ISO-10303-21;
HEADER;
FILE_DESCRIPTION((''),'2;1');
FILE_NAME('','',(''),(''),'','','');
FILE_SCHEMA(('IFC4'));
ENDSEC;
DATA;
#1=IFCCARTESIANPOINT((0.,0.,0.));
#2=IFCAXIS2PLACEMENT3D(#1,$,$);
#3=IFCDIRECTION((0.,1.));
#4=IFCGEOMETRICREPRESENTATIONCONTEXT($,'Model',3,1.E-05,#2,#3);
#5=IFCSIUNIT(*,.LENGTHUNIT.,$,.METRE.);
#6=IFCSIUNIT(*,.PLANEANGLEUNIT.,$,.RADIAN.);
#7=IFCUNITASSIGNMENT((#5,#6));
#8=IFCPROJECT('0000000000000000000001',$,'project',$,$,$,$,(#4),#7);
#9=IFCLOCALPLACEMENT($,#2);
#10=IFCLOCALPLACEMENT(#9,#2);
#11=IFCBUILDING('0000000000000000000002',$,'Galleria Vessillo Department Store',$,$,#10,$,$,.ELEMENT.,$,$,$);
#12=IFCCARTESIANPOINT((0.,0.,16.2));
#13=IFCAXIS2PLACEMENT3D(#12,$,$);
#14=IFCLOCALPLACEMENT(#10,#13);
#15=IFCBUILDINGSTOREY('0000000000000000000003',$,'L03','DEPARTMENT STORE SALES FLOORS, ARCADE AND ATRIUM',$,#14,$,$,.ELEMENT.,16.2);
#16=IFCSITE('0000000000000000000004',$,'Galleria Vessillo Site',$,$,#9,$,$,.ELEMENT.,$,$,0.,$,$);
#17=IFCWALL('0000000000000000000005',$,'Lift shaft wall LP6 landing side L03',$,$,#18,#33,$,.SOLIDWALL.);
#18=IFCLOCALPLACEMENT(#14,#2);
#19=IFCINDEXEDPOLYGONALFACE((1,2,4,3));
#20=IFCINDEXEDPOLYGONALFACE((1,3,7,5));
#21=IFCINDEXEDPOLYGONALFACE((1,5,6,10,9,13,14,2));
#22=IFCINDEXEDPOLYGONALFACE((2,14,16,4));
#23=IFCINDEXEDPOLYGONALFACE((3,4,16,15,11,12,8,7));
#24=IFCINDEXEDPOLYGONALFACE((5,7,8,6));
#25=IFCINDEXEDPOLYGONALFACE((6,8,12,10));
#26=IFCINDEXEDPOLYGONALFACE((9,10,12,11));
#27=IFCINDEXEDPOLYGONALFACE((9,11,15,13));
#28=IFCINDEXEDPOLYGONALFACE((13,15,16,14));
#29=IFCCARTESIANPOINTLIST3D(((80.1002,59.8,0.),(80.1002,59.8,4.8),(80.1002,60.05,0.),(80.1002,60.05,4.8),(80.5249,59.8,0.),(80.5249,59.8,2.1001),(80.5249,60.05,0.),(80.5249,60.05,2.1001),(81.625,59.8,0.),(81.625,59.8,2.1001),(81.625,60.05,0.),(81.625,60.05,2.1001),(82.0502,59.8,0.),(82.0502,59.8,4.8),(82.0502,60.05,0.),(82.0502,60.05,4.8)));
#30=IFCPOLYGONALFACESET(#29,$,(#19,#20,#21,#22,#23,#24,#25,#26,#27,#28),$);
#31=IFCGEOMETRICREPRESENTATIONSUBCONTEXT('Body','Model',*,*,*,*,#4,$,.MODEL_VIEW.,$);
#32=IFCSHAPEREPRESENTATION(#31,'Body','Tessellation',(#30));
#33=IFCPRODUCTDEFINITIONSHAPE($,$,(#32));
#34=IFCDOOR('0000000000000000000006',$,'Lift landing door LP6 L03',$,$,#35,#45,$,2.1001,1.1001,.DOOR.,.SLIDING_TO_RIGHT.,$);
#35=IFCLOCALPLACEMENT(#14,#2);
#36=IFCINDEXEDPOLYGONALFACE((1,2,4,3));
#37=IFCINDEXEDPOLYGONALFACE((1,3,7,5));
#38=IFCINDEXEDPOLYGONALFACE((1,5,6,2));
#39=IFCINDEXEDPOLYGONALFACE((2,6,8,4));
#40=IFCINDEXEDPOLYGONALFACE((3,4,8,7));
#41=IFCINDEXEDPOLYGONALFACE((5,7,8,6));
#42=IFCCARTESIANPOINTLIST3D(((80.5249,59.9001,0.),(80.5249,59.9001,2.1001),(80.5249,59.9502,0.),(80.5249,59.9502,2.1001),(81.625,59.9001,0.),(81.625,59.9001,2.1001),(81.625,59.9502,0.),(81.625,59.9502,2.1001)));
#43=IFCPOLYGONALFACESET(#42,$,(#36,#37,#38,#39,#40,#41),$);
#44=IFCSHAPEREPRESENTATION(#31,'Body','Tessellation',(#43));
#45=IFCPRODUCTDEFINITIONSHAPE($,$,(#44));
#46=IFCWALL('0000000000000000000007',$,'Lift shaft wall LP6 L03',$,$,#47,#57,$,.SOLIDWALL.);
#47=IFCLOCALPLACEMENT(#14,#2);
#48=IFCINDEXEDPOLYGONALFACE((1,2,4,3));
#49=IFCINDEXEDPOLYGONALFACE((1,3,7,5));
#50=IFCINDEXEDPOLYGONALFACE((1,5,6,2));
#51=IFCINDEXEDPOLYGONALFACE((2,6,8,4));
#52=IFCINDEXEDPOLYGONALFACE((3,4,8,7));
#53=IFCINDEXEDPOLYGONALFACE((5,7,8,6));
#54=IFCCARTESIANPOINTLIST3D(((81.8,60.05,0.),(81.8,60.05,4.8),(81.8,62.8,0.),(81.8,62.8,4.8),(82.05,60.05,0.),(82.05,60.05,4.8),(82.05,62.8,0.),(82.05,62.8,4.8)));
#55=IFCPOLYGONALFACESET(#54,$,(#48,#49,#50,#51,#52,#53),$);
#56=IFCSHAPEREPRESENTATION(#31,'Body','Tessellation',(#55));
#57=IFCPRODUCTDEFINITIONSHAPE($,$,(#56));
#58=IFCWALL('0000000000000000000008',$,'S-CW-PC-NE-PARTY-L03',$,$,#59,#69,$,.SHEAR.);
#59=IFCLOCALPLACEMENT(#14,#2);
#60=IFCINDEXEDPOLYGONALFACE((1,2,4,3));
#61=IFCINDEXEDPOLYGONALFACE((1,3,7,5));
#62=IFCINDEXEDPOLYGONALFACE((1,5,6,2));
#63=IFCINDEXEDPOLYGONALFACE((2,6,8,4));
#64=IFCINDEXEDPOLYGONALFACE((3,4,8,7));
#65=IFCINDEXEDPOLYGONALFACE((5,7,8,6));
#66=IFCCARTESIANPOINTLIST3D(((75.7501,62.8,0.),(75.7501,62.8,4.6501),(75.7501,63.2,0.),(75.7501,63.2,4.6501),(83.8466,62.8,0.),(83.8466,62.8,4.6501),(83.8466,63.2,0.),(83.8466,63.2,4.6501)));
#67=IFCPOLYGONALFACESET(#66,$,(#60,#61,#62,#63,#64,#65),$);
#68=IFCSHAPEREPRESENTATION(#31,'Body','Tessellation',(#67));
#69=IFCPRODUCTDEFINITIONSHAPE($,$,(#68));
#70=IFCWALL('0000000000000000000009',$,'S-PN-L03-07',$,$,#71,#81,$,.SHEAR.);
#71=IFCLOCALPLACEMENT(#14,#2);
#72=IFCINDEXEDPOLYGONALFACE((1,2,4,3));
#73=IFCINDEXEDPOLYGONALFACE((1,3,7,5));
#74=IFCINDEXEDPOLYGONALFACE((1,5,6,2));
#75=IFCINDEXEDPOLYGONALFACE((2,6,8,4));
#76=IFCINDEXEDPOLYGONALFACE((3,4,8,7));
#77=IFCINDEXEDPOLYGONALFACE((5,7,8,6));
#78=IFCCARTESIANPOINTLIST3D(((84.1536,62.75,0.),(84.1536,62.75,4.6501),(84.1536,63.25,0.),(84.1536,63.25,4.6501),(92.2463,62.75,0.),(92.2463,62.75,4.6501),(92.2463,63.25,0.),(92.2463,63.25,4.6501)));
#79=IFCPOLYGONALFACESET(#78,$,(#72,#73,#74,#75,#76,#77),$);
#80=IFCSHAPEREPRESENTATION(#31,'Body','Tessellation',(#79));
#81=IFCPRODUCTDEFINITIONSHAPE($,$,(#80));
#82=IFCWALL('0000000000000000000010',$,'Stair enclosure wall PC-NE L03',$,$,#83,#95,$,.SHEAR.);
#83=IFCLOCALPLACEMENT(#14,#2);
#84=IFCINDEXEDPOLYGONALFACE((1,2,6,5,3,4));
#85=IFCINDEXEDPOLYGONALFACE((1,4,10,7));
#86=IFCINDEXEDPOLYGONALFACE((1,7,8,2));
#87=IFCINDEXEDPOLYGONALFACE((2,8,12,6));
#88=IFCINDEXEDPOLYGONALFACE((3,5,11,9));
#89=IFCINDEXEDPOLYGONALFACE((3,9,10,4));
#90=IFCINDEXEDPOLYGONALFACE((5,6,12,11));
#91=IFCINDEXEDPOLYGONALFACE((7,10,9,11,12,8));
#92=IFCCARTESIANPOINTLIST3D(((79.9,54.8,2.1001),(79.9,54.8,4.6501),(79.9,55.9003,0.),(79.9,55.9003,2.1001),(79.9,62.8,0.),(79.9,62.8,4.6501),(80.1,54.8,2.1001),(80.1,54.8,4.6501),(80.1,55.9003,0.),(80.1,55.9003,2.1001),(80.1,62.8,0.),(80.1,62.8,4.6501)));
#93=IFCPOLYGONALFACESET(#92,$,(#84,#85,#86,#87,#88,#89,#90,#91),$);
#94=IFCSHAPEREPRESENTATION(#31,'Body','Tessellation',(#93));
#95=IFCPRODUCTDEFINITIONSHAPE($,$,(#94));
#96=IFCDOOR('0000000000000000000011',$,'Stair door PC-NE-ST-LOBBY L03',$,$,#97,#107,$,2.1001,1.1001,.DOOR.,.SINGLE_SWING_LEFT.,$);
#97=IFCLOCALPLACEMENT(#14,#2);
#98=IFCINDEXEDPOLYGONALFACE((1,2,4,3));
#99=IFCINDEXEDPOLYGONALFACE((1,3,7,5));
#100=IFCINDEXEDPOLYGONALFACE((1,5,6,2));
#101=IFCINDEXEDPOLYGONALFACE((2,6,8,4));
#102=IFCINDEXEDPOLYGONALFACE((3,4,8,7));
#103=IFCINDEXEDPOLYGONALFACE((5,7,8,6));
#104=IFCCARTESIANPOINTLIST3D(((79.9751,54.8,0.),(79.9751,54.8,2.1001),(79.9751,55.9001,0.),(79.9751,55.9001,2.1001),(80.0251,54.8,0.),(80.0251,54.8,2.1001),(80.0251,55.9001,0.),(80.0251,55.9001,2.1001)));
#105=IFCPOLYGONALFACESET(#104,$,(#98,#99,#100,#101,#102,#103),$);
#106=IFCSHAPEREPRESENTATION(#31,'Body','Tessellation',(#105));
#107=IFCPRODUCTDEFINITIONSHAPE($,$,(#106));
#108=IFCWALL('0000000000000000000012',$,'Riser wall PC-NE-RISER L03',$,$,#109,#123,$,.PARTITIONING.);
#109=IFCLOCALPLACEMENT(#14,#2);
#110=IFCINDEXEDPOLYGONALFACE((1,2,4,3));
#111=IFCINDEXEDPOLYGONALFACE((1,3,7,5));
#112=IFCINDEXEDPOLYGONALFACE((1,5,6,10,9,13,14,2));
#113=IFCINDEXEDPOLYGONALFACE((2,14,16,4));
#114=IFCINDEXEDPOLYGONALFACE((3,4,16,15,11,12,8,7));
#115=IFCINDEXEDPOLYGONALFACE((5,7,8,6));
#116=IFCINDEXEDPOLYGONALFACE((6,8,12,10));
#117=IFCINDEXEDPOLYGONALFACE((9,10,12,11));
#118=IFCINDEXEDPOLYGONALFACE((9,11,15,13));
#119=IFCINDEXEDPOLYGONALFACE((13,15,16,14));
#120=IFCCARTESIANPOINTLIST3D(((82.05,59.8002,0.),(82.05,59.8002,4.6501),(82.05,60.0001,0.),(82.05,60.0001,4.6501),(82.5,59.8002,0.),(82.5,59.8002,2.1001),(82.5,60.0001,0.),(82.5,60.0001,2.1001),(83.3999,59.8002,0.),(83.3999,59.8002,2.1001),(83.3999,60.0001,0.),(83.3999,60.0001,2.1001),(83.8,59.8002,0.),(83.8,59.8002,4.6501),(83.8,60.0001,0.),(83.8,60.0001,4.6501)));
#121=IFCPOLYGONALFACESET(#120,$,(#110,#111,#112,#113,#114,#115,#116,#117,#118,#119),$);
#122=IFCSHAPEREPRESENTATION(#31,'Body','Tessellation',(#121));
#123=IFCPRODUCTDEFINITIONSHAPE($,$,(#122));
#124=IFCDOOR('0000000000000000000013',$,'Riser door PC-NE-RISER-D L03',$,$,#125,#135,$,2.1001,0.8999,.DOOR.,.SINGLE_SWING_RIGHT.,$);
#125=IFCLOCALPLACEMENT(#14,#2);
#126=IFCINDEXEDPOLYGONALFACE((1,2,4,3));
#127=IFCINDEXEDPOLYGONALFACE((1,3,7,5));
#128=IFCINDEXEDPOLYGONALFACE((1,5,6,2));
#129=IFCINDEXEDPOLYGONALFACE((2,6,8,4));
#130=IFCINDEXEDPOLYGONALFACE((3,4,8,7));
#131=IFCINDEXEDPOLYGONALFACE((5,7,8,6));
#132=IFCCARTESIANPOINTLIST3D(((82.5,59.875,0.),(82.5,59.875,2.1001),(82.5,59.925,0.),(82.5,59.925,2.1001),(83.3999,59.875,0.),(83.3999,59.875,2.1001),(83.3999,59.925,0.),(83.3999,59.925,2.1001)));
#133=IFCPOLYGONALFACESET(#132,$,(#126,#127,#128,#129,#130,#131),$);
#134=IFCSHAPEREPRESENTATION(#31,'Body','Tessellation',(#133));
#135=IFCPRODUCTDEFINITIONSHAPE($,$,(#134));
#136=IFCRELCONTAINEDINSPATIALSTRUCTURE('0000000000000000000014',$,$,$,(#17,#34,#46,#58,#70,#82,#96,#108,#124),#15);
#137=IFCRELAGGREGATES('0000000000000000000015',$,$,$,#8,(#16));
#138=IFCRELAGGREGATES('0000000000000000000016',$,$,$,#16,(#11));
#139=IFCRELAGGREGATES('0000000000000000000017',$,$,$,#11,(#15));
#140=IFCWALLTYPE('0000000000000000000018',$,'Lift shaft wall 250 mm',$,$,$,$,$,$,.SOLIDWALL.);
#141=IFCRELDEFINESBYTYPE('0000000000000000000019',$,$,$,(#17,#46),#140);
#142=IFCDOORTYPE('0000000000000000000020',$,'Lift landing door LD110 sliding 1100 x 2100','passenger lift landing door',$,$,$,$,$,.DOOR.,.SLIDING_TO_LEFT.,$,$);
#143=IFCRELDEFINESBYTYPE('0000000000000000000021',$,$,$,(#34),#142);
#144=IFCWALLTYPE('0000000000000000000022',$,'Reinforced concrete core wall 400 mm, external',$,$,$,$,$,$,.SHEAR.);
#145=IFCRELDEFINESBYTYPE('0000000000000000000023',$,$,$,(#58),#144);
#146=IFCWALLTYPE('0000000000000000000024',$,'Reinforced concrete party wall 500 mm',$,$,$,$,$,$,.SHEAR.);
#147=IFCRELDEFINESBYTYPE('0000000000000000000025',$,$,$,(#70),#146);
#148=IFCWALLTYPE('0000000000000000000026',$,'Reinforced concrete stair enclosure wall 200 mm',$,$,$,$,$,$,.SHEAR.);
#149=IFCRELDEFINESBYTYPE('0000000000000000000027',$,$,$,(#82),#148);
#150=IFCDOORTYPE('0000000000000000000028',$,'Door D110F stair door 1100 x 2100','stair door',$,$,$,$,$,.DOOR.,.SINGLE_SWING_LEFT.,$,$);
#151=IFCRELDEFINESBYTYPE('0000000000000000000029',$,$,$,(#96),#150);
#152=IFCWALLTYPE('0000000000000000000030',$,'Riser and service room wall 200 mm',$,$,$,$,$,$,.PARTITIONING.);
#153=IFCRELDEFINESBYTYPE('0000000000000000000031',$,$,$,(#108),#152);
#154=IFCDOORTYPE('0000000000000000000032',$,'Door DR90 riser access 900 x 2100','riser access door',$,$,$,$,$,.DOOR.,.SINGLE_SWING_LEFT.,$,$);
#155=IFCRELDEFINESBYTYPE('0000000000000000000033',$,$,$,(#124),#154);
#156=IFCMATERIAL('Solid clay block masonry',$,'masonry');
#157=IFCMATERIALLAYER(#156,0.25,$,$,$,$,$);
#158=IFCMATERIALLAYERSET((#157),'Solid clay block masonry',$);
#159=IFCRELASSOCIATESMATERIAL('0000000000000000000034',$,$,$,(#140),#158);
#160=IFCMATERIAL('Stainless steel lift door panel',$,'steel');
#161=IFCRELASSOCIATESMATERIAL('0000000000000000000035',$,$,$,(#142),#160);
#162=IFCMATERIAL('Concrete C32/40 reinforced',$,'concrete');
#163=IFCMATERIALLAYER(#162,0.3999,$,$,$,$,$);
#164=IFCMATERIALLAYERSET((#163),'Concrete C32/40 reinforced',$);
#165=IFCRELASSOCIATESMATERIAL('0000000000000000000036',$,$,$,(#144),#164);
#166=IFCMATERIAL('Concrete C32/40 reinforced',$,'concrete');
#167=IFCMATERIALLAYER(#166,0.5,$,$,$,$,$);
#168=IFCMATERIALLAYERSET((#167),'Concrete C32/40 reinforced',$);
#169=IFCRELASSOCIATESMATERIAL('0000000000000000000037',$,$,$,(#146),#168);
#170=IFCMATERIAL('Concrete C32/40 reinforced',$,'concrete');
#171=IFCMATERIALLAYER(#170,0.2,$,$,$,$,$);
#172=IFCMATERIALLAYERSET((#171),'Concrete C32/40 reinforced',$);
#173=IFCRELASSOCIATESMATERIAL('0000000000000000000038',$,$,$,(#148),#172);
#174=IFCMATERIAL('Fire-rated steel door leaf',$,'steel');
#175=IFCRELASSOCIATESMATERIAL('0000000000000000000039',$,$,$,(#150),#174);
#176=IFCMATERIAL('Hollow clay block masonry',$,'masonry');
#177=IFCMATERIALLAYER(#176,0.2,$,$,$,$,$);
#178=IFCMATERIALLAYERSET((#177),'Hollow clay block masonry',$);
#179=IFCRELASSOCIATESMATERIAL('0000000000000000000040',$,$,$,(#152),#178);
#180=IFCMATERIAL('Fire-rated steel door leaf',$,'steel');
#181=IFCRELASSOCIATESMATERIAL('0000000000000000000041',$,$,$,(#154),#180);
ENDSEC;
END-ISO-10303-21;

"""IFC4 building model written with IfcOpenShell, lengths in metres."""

from ifc_helpers import new_model, si_unit, direction, frame, frame_2d, origin, place, context, subcontext, project, spatial, rectangle, extrude, material, layer, layer_set, type_object, element, fill, save


model = new_model("IFC4")

# Units and contexts
model_context = context("Model", 3, precision=1e-05, world=origin(), true_north=direction((0.0, 1.0)))
body_context = subcontext(model_context, "Body", "Model", "MODEL_VIEW")
ifc_project = project(units=[si_unit("LENGTHUNIT", "METRE"), si_unit("PLANEANGLEUNIT", "RADIAN")], contexts=[model_context])

# Site, building, storey
site_placement = place(None, origin())
site = spatial("IfcSite", under=ifc_project, at=site_placement, Name="Galleria Vessillo Site", CompositionType="ELEMENT", RefElevation=0.0)
building_placement = place(site_placement, origin())
building = spatial("IfcBuilding", under=site, at=building_placement, Name="Galleria Vessillo Department Store", CompositionType="ELEMENT")
storey_placement = place(building_placement, frame((0.0, 0.0, 16.2)))
storey = spatial("IfcBuildingStorey", under=building, at=storey_placement, Name="L03", Description="DEPARTMENT STORE SALES FLOORS, ARCADE AND ATRIUM", CompositionType="ELEMENT", Elevation=16.2)

# Wall, opening, door
ifc_material_1 = material(Name="Solid clay block masonry", Category="masonry")
ifc_layer_1 = layer(ifc_material_1, 0.25)
ifc_layer_set_1 = layer_set([ifc_layer_1], Name="Solid clay block masonry")
wall_type_1 = type_object("IfcWallType", Name="Lift shaft wall 250 mm", PredefinedType="SOLIDWALL", material=ifc_layer_set_1)
wall_1_placement = place(storey_placement, frame((80.1001, 59.925, 0.0), z_axis=(0.0, 0.0, 1.0), x_axis=(1.0, 0.0, 0.0)))
wall_1 = element("IfcWall", 1, at=wall_1_placement, inside=storey, type_object=wall_type_1, Name="Lift shaft wall LP6 landing side L03", PredefinedType="SOLIDWALL", context=body_context, shape_type="SweptSolid", body=[
    extrude(rectangle(XDim=1.95, YDim=0.25, at=frame_2d((0.9751, 0.0))), origin(), (0.0, 0.0, 1.0), 4.8),
])
opening_1_placement = place(wall_1_placement, frame((0.4248, 0.0, 0.0)))
opening_1 = element("IfcOpeningElement", 2, at=opening_1_placement, cuts=wall_1, PredefinedType="OPENING", context=body_context, shape_type="SweptSolid", body=[
    extrude(rectangle(XDim=1.1001, YDim=2.1001, at=frame_2d((0.55, 1.05))), frame((0.0, 0.135, 0.0), z_axis=(0.0, -1.0, 0.0), x_axis=(1.0, 0.0, 0.0)), (0.0, 0.0, 1.0), 0.27),
])
ifc_material_2 = material(Name="Stainless steel lift door panel", Category="steel")
door_type_1 = type_object("IfcDoorType", Name="Lift landing door LD110 sliding 1100 x 2100", Description="passenger lift landing door", OperationType="SLIDING_TO_LEFT", PredefinedType="DOOR", material=ifc_material_2)
door_1_placement = place(opening_1_placement, frame((1.1001, 0.0, 0.0), z_axis=(0.0, 0.0, 1.0), x_axis=(-1.0, 0.0, 0.0)))
door_1 = element("IfcDoor", 3, at=door_1_placement, inside=storey, type_object=door_type_1, Name="Lift landing door LP6 L03", OperationType="SLIDING_TO_RIGHT", OverallHeight=2.1001, OverallWidth=1.1001, PredefinedType="DOOR", context=body_context, shape_type="SweptSolid", body=[
    extrude(rectangle(XDim=1.1001, YDim=2.1001, at=frame_2d((0.55, 1.05))), frame((0.0, 0.0249, 0.0), z_axis=(0.0, -1.0, 0.0), x_axis=(1.0, 0.0, 0.0)), (0.0, 0.0, 1.0), 0.05),
])
fill(opening_1, door_1)

# Walls
wall_2_placement = place(storey_placement, frame((81.925, 62.8, 0.0), z_axis=(0.0, 0.0, 1.0), x_axis=(0.0, -1.0, 0.0)))
element("IfcWall", 4, at=wall_2_placement, inside=storey, type_object=wall_type_1, Name="Lift shaft wall LP6 L03", PredefinedType="SOLIDWALL", context=body_context, shape_type="SweptSolid", body=[
    extrude(rectangle(XDim=2.75, YDim=0.25, at=frame_2d((1.375, 0.0))), origin(), (0.0, 0.0, 1.0), 4.8),
])
ifc_material_3 = material(Name="Concrete C32/40 reinforced", Category="concrete")
ifc_layer_2 = layer(ifc_material_3, 0.3999)
ifc_layer_set_2 = layer_set([ifc_layer_2], Name="Concrete C32/40 reinforced")
wall_type_2 = type_object("IfcWallType", Name="Reinforced concrete core wall 400 mm, external", PredefinedType="SHEAR", material=ifc_layer_set_2)
wall_3_placement = place(storey_placement, frame((75.75, 63.0, 0.0), z_axis=(0.0, 0.0, 1.0), x_axis=(1.0, 0.0, 0.0)))
element("IfcWall", 5, at=wall_3_placement, inside=storey, type_object=wall_type_2, Name="S-CW-PC-NE-PARTY-L03", PredefinedType="SHEAR", context=body_context, shape_type="SweptSolid", body=[
    extrude(rectangle(XDim=8.0964, YDim=0.3999, at=frame_2d((4.0483, 0.0))), origin(), (0.0, 0.0, 1.0), 4.6501),
])
ifc_material_4 = material(Name="Concrete C32/40 reinforced", Category="concrete")
ifc_layer_3 = layer(ifc_material_4, 0.5)
ifc_layer_set_3 = layer_set([ifc_layer_3], Name="Concrete C32/40 reinforced")
wall_type_3 = type_object("IfcWallType", Name="Reinforced concrete party wall 500 mm", PredefinedType="SHEAR", material=ifc_layer_set_3)
wall_4_placement = place(storey_placement, frame((84.1536, 63.0, 0.0), z_axis=(0.0, 0.0, 1.0), x_axis=(1.0, 0.0, 0.0)))
element("IfcWall", 6, at=wall_4_placement, inside=storey, type_object=wall_type_3, Name="S-PN-L03-07", PredefinedType="SHEAR", context=body_context, shape_type="SweptSolid", body=[
    extrude(rectangle(XDim=8.0928, YDim=0.5, at=frame_2d((4.0464, 0.0))), origin(), (0.0, 0.0, 1.0), 4.6501),
])

# Walls, openings, doors
ifc_material_5 = material(Name="Concrete C32/40 reinforced", Category="concrete")
ifc_layer_4 = layer(ifc_material_5, 0.2)
ifc_layer_set_4 = layer_set([ifc_layer_4], Name="Concrete C32/40 reinforced")
wall_type_4 = type_object("IfcWallType", Name="Reinforced concrete stair enclosure wall 200 mm", PredefinedType="SHEAR", material=ifc_layer_set_4)
wall_5_placement = place(storey_placement, frame((80.0, 62.8, 0.0), z_axis=(0.0, 0.0, 1.0), x_axis=(0.0, -1.0, 0.0)))
wall_5 = element("IfcWall", 7, at=wall_5_placement, inside=storey, type_object=wall_type_4, Name="Stair enclosure wall PC-NE L03", PredefinedType="SHEAR", context=body_context, shape_type="SweptSolid", body=[
    extrude(rectangle(XDim=8.0, YDim=0.2, at=frame_2d((4.0, 0.0))), origin(), (0.0, 0.0, 1.0), 4.6501),
])
opening_2_placement = place(wall_5_placement, frame((6.8999, 0.0, 0.0)))
opening_2 = element("IfcOpeningElement", 8, at=opening_2_placement, cuts=wall_5, PredefinedType="OPENING", context=body_context, shape_type="SweptSolid", body=[
    extrude(rectangle(XDim=1.1101, YDim=2.1001, at=frame_2d((0.5549, 1.05))), frame((0.0, 0.1099, 0.0), z_axis=(0.0, -1.0, 0.0), x_axis=(1.0, 0.0, 0.0)), (0.0, 0.0, 1.0), 0.22),
])
ifc_material_6 = material(Name="Fire-rated steel door leaf", Category="steel")
door_type_2 = type_object("IfcDoorType", Name="Door D110F stair door 1100 x 2100", Description="stair door", OperationType="SINGLE_SWING_LEFT", PredefinedType="DOOR", material=ifc_material_6)
door_2_placement = place(opening_2_placement, frame((1.1001, 0.0, 0.0), z_axis=(0.0, 0.0, 1.0), x_axis=(-1.0, 0.0, 0.0)))
door_2 = element("IfcDoor", 9, at=door_2_placement, inside=storey, type_object=door_type_2, Name="Stair door PC-NE-ST-LOBBY L03", OperationType="SINGLE_SWING_LEFT", OverallHeight=2.1001, OverallWidth=1.1001, PredefinedType="DOOR", context=body_context, shape_type="SweptSolid", body=[
    extrude(rectangle(XDim=1.1001, YDim=2.1001, at=frame_2d((0.55, 1.05))), frame((0.0, 0.0249, 0.0), z_axis=(0.0, -1.0, 0.0), x_axis=(1.0, 0.0, 0.0)), (0.0, 0.0, 1.0), 0.05),
])
fill(opening_2, door_2)
ifc_material_7 = material(Name="Hollow clay block masonry", Category="masonry")
ifc_layer_5 = layer(ifc_material_7, 0.2)
ifc_layer_set_5 = layer_set([ifc_layer_5], Name="Hollow clay block masonry")
wall_type_5 = type_object("IfcWallType", Name="Riser and service room wall 200 mm", PredefinedType="PARTITIONING", material=ifc_layer_set_5)
wall_6_placement = place(storey_placement, frame((82.05, 59.9001, 0.0), z_axis=(0.0, 0.0, 1.0), x_axis=(1.0, 0.0, 0.0)))
wall_6 = element("IfcWall", 10, at=wall_6_placement, inside=storey, type_object=wall_type_5, Name="Riser wall PC-NE-RISER L03", PredefinedType="PARTITIONING", context=body_context, shape_type="SweptSolid", body=[
    extrude(rectangle(XDim=1.75, YDim=0.2, at=frame_2d((0.875, 0.0))), origin(), (0.0, 0.0, 1.0), 4.6501),
])
opening_3_placement = place(wall_6_placement, frame((0.45, 0.0, 0.0)))
opening_3 = element("IfcOpeningElement", 11, at=opening_3_placement, cuts=wall_6, PredefinedType="OPENING", context=body_context, shape_type="SweptSolid", body=[
    extrude(rectangle(XDim=0.8999, YDim=2.1001, at=frame_2d((0.45, 1.05))), frame((0.0, 0.1099, 0.0), z_axis=(0.0, -1.0, 0.0), x_axis=(1.0, 0.0, 0.0)), (0.0, 0.0, 1.0), 0.22),
])
ifc_material_8 = material(Name="Fire-rated steel door leaf", Category="steel")
door_type_3 = type_object("IfcDoorType", Name="Door DR90 riser access 900 x 2100", Description="riser access door", OperationType="SINGLE_SWING_LEFT", PredefinedType="DOOR", material=ifc_material_8)
door_3_placement = place(opening_3_placement, origin())
door_3 = element("IfcDoor", 12, at=door_3_placement, inside=storey, type_object=door_type_3, Name="Riser door PC-NE-RISER-D L03", OperationType="SINGLE_SWING_RIGHT", OverallHeight=2.1001, OverallWidth=0.8999, PredefinedType="DOOR", context=body_context, shape_type="SweptSolid", body=[
    extrude(rectangle(XDim=0.8999, YDim=2.1001, at=frame_2d((0.45, 1.05))), frame((0.0, 0.0249, 0.0), z_axis=(0.0, -1.0, 0.0), x_axis=(1.0, 0.0, 0.0)), (0.0, 0.0, 1.0), 0.05),
])
fill(opening_3, door_3)

save(model, "model.ifc")
